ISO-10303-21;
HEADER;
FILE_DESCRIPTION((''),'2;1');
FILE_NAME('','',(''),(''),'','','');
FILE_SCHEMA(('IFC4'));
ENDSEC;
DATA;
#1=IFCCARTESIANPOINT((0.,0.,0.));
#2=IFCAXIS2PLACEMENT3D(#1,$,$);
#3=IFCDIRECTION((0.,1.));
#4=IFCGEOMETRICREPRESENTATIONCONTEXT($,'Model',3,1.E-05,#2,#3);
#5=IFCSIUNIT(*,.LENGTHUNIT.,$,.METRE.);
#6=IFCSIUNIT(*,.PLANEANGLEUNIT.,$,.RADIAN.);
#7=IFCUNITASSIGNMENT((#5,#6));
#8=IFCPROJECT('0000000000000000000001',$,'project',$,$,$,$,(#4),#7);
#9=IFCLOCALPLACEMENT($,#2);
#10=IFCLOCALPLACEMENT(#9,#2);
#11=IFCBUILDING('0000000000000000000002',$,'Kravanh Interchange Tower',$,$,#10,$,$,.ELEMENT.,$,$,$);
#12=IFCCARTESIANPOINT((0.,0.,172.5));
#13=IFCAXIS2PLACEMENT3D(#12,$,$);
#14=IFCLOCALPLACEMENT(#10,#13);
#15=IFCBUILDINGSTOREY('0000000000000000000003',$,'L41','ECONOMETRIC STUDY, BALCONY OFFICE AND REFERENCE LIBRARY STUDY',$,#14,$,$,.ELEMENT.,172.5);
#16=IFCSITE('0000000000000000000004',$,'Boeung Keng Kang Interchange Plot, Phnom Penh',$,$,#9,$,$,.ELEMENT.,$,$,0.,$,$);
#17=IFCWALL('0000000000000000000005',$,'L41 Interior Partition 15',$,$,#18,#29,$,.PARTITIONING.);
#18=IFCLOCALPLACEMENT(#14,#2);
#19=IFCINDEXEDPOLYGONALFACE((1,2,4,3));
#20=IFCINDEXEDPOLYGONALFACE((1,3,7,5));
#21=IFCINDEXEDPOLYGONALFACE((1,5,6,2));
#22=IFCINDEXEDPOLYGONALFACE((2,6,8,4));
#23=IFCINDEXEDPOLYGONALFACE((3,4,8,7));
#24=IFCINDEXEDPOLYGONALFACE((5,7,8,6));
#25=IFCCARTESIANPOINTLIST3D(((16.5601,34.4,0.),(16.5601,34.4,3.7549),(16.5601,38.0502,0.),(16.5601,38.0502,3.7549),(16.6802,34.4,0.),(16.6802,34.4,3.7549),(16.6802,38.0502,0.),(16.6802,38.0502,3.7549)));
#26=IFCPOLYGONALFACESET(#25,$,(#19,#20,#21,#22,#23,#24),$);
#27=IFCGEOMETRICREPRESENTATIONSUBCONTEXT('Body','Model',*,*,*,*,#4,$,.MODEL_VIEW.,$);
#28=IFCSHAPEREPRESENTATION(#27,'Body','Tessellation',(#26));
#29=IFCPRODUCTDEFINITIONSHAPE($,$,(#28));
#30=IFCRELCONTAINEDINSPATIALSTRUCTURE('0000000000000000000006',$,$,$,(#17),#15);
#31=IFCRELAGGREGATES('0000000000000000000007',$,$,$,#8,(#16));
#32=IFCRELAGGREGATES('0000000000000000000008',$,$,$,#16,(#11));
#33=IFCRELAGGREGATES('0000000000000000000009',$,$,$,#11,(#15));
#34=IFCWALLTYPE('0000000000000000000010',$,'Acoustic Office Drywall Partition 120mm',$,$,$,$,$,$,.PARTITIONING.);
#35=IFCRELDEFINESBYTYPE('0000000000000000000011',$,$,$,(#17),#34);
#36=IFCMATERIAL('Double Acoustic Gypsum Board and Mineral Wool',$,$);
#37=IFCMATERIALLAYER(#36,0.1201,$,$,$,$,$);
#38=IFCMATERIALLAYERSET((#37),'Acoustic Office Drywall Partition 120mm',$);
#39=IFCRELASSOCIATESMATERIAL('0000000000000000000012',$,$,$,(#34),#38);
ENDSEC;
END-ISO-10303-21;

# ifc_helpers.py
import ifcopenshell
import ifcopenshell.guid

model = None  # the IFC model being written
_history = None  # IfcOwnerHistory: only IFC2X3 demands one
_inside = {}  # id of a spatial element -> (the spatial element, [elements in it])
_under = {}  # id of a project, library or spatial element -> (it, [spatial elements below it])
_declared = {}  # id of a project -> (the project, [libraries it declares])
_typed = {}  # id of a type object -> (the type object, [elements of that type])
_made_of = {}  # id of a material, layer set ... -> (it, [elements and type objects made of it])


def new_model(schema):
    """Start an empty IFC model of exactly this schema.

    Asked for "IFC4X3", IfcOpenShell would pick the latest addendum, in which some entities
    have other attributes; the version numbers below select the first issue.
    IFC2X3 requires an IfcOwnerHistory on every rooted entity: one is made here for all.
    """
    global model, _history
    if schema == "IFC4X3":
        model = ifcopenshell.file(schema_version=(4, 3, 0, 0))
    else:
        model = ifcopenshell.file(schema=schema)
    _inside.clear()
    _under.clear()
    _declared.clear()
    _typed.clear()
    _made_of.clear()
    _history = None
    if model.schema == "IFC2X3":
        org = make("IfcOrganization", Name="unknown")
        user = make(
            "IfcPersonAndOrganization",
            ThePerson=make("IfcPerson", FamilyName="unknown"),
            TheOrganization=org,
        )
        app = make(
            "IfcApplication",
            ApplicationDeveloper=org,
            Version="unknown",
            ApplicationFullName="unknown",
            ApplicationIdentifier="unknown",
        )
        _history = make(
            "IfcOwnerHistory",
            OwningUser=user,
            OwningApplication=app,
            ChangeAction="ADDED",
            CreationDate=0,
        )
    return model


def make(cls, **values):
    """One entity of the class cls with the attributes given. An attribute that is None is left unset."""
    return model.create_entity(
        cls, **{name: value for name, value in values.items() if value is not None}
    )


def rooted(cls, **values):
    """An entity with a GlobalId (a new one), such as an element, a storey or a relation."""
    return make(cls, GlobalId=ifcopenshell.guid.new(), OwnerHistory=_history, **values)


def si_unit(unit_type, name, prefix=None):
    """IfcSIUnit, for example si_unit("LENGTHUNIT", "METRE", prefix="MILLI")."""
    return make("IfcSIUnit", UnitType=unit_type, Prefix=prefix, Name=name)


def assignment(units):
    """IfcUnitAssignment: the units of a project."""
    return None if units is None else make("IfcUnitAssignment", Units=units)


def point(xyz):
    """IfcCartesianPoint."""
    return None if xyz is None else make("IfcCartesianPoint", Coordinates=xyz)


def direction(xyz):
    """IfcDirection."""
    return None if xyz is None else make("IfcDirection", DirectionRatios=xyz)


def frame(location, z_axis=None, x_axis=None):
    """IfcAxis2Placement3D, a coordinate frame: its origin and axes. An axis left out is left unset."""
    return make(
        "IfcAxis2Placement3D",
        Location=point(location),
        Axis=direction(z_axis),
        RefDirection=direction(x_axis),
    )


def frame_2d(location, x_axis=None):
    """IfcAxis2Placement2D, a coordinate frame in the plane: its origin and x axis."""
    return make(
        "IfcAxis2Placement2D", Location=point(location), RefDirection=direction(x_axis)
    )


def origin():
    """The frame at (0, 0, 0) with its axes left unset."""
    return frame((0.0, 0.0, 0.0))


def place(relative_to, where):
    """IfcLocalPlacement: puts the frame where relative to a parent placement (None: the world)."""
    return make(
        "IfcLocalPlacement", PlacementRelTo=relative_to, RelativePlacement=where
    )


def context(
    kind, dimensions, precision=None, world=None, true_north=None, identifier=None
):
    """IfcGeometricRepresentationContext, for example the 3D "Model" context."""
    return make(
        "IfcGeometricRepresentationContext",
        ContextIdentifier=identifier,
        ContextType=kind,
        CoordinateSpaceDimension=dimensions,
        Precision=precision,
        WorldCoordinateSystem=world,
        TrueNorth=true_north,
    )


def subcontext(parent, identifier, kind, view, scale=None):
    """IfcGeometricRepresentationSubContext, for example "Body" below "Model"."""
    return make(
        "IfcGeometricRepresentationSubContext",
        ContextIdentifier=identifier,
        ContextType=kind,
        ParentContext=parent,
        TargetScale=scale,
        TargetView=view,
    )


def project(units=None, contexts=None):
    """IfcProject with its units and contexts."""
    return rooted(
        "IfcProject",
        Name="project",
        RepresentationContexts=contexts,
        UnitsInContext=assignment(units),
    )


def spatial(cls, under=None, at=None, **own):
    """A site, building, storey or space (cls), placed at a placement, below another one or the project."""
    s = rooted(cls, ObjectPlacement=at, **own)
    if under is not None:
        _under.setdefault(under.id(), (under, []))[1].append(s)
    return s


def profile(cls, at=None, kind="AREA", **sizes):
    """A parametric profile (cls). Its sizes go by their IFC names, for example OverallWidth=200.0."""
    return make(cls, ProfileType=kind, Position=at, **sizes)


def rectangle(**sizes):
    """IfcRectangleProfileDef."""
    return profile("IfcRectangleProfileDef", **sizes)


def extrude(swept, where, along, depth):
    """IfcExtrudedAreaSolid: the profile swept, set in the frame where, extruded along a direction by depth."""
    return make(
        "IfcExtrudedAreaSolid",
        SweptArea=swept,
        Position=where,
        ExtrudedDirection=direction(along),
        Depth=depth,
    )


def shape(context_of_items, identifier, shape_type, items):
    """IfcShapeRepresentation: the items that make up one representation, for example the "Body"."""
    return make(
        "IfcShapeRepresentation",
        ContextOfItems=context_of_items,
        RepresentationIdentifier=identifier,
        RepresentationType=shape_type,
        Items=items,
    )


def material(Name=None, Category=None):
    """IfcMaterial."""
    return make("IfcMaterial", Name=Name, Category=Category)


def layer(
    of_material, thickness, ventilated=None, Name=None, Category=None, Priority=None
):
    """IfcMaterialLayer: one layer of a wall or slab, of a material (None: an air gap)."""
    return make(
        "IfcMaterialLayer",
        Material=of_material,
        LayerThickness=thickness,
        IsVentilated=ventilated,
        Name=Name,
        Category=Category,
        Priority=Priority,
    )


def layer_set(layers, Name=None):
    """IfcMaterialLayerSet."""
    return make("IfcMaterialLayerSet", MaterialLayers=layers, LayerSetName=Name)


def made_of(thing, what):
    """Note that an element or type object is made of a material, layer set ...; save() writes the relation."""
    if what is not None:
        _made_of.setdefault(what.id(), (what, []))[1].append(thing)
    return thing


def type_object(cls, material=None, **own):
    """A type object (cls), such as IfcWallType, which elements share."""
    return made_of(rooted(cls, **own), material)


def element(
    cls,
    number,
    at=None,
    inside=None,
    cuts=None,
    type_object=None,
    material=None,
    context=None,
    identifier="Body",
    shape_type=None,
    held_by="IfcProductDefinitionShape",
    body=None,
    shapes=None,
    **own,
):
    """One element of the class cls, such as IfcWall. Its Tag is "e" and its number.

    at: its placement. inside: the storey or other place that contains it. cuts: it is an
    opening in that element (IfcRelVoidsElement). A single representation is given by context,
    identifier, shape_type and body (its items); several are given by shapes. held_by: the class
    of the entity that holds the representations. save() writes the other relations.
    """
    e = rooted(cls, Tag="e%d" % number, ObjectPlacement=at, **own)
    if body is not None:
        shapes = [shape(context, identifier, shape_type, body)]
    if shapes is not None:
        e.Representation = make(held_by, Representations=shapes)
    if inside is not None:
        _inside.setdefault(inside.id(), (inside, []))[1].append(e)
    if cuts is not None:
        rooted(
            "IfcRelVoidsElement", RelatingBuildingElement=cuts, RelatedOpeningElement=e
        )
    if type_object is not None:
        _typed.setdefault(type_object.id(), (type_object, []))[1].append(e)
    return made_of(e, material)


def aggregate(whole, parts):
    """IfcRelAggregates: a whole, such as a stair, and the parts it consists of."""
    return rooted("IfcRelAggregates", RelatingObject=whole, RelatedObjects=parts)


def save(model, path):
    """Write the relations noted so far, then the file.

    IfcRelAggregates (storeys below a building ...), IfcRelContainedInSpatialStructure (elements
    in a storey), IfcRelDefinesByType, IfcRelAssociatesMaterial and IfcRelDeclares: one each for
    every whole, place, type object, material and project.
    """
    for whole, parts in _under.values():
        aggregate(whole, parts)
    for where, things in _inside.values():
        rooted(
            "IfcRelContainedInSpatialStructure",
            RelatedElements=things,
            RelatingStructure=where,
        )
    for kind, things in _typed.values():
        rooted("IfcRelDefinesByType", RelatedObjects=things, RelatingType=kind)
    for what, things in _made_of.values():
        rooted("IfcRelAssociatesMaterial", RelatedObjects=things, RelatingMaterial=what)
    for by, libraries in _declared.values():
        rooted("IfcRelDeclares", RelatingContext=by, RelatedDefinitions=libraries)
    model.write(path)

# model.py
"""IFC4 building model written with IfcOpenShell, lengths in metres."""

from ifc_helpers import new_model, si_unit, direction, frame, frame_2d, origin, place, context, subcontext, project, spatial, rectangle, extrude, material, layer, layer_set, type_object, element, save


model = new_model("IFC4")

# Units and contexts
model_context = context("Model", 3, precision=1e-05, world=origin(), true_north=direction((0.0, 1.0)))
body_context = subcontext(model_context, "Body", "Model", "MODEL_VIEW")
ifc_project = project(units=[si_unit("LENGTHUNIT", "METRE"), si_unit("PLANEANGLEUNIT", "RADIAN")], contexts=[model_context])

# Site, building, storey
site_placement = place(None, origin())
site = spatial("IfcSite", under=ifc_project, at=site_placement, Name="Boeung Keng Kang Interchange Plot, Phnom Penh", CompositionType="ELEMENT", RefElevation=0.0)
building_placement = place(site_placement, origin())
building = spatial("IfcBuilding", under=site, at=building_placement, Name="Kravanh Interchange Tower", CompositionType="ELEMENT")
storey_placement = place(building_placement, frame((0.0, 0.0, 172.5)))
storey = spatial("IfcBuildingStorey", under=building, at=storey_placement, Name="L41", Description="ECONOMETRIC STUDY, BALCONY OFFICE AND REFERENCE LIBRARY STUDY", CompositionType="ELEMENT", Elevation=172.5)

# Shared definitions
ifc_material_1 = material(Name="Double Acoustic Gypsum Board and Mineral Wool")
ifc_layer_1 = layer(ifc_material_1, 0.1201)
ifc_layer_set_1 = layer_set([ifc_layer_1], Name="Acoustic Office Drywall Partition 120mm")
wall_type = type_object("IfcWallType", Name="Acoustic Office Drywall Partition 120mm", PredefinedType="PARTITIONING", material=ifc_layer_set_1)

# Wall
wall_1_placement = place(storey_placement, frame((16.6201, 34.3999, 0.0), z_axis=(0.0, 0.0, 1.0), x_axis=(0.0, 1.0, 0.0)))
element("IfcWall", 1, at=wall_1_placement, inside=storey, type_object=wall_type, Name="L41 Interior Partition 15", PredefinedType="PARTITIONING", context=body_context, shape_type="SweptSolid", body=[
    extrude(rectangle(XDim=3.6501, YDim=0.1201, at=frame_2d((1.8252, 0.0))), origin(), (0.0, 0.0, 1.0), 3.7549),
])

save(model, "model.ifc")
